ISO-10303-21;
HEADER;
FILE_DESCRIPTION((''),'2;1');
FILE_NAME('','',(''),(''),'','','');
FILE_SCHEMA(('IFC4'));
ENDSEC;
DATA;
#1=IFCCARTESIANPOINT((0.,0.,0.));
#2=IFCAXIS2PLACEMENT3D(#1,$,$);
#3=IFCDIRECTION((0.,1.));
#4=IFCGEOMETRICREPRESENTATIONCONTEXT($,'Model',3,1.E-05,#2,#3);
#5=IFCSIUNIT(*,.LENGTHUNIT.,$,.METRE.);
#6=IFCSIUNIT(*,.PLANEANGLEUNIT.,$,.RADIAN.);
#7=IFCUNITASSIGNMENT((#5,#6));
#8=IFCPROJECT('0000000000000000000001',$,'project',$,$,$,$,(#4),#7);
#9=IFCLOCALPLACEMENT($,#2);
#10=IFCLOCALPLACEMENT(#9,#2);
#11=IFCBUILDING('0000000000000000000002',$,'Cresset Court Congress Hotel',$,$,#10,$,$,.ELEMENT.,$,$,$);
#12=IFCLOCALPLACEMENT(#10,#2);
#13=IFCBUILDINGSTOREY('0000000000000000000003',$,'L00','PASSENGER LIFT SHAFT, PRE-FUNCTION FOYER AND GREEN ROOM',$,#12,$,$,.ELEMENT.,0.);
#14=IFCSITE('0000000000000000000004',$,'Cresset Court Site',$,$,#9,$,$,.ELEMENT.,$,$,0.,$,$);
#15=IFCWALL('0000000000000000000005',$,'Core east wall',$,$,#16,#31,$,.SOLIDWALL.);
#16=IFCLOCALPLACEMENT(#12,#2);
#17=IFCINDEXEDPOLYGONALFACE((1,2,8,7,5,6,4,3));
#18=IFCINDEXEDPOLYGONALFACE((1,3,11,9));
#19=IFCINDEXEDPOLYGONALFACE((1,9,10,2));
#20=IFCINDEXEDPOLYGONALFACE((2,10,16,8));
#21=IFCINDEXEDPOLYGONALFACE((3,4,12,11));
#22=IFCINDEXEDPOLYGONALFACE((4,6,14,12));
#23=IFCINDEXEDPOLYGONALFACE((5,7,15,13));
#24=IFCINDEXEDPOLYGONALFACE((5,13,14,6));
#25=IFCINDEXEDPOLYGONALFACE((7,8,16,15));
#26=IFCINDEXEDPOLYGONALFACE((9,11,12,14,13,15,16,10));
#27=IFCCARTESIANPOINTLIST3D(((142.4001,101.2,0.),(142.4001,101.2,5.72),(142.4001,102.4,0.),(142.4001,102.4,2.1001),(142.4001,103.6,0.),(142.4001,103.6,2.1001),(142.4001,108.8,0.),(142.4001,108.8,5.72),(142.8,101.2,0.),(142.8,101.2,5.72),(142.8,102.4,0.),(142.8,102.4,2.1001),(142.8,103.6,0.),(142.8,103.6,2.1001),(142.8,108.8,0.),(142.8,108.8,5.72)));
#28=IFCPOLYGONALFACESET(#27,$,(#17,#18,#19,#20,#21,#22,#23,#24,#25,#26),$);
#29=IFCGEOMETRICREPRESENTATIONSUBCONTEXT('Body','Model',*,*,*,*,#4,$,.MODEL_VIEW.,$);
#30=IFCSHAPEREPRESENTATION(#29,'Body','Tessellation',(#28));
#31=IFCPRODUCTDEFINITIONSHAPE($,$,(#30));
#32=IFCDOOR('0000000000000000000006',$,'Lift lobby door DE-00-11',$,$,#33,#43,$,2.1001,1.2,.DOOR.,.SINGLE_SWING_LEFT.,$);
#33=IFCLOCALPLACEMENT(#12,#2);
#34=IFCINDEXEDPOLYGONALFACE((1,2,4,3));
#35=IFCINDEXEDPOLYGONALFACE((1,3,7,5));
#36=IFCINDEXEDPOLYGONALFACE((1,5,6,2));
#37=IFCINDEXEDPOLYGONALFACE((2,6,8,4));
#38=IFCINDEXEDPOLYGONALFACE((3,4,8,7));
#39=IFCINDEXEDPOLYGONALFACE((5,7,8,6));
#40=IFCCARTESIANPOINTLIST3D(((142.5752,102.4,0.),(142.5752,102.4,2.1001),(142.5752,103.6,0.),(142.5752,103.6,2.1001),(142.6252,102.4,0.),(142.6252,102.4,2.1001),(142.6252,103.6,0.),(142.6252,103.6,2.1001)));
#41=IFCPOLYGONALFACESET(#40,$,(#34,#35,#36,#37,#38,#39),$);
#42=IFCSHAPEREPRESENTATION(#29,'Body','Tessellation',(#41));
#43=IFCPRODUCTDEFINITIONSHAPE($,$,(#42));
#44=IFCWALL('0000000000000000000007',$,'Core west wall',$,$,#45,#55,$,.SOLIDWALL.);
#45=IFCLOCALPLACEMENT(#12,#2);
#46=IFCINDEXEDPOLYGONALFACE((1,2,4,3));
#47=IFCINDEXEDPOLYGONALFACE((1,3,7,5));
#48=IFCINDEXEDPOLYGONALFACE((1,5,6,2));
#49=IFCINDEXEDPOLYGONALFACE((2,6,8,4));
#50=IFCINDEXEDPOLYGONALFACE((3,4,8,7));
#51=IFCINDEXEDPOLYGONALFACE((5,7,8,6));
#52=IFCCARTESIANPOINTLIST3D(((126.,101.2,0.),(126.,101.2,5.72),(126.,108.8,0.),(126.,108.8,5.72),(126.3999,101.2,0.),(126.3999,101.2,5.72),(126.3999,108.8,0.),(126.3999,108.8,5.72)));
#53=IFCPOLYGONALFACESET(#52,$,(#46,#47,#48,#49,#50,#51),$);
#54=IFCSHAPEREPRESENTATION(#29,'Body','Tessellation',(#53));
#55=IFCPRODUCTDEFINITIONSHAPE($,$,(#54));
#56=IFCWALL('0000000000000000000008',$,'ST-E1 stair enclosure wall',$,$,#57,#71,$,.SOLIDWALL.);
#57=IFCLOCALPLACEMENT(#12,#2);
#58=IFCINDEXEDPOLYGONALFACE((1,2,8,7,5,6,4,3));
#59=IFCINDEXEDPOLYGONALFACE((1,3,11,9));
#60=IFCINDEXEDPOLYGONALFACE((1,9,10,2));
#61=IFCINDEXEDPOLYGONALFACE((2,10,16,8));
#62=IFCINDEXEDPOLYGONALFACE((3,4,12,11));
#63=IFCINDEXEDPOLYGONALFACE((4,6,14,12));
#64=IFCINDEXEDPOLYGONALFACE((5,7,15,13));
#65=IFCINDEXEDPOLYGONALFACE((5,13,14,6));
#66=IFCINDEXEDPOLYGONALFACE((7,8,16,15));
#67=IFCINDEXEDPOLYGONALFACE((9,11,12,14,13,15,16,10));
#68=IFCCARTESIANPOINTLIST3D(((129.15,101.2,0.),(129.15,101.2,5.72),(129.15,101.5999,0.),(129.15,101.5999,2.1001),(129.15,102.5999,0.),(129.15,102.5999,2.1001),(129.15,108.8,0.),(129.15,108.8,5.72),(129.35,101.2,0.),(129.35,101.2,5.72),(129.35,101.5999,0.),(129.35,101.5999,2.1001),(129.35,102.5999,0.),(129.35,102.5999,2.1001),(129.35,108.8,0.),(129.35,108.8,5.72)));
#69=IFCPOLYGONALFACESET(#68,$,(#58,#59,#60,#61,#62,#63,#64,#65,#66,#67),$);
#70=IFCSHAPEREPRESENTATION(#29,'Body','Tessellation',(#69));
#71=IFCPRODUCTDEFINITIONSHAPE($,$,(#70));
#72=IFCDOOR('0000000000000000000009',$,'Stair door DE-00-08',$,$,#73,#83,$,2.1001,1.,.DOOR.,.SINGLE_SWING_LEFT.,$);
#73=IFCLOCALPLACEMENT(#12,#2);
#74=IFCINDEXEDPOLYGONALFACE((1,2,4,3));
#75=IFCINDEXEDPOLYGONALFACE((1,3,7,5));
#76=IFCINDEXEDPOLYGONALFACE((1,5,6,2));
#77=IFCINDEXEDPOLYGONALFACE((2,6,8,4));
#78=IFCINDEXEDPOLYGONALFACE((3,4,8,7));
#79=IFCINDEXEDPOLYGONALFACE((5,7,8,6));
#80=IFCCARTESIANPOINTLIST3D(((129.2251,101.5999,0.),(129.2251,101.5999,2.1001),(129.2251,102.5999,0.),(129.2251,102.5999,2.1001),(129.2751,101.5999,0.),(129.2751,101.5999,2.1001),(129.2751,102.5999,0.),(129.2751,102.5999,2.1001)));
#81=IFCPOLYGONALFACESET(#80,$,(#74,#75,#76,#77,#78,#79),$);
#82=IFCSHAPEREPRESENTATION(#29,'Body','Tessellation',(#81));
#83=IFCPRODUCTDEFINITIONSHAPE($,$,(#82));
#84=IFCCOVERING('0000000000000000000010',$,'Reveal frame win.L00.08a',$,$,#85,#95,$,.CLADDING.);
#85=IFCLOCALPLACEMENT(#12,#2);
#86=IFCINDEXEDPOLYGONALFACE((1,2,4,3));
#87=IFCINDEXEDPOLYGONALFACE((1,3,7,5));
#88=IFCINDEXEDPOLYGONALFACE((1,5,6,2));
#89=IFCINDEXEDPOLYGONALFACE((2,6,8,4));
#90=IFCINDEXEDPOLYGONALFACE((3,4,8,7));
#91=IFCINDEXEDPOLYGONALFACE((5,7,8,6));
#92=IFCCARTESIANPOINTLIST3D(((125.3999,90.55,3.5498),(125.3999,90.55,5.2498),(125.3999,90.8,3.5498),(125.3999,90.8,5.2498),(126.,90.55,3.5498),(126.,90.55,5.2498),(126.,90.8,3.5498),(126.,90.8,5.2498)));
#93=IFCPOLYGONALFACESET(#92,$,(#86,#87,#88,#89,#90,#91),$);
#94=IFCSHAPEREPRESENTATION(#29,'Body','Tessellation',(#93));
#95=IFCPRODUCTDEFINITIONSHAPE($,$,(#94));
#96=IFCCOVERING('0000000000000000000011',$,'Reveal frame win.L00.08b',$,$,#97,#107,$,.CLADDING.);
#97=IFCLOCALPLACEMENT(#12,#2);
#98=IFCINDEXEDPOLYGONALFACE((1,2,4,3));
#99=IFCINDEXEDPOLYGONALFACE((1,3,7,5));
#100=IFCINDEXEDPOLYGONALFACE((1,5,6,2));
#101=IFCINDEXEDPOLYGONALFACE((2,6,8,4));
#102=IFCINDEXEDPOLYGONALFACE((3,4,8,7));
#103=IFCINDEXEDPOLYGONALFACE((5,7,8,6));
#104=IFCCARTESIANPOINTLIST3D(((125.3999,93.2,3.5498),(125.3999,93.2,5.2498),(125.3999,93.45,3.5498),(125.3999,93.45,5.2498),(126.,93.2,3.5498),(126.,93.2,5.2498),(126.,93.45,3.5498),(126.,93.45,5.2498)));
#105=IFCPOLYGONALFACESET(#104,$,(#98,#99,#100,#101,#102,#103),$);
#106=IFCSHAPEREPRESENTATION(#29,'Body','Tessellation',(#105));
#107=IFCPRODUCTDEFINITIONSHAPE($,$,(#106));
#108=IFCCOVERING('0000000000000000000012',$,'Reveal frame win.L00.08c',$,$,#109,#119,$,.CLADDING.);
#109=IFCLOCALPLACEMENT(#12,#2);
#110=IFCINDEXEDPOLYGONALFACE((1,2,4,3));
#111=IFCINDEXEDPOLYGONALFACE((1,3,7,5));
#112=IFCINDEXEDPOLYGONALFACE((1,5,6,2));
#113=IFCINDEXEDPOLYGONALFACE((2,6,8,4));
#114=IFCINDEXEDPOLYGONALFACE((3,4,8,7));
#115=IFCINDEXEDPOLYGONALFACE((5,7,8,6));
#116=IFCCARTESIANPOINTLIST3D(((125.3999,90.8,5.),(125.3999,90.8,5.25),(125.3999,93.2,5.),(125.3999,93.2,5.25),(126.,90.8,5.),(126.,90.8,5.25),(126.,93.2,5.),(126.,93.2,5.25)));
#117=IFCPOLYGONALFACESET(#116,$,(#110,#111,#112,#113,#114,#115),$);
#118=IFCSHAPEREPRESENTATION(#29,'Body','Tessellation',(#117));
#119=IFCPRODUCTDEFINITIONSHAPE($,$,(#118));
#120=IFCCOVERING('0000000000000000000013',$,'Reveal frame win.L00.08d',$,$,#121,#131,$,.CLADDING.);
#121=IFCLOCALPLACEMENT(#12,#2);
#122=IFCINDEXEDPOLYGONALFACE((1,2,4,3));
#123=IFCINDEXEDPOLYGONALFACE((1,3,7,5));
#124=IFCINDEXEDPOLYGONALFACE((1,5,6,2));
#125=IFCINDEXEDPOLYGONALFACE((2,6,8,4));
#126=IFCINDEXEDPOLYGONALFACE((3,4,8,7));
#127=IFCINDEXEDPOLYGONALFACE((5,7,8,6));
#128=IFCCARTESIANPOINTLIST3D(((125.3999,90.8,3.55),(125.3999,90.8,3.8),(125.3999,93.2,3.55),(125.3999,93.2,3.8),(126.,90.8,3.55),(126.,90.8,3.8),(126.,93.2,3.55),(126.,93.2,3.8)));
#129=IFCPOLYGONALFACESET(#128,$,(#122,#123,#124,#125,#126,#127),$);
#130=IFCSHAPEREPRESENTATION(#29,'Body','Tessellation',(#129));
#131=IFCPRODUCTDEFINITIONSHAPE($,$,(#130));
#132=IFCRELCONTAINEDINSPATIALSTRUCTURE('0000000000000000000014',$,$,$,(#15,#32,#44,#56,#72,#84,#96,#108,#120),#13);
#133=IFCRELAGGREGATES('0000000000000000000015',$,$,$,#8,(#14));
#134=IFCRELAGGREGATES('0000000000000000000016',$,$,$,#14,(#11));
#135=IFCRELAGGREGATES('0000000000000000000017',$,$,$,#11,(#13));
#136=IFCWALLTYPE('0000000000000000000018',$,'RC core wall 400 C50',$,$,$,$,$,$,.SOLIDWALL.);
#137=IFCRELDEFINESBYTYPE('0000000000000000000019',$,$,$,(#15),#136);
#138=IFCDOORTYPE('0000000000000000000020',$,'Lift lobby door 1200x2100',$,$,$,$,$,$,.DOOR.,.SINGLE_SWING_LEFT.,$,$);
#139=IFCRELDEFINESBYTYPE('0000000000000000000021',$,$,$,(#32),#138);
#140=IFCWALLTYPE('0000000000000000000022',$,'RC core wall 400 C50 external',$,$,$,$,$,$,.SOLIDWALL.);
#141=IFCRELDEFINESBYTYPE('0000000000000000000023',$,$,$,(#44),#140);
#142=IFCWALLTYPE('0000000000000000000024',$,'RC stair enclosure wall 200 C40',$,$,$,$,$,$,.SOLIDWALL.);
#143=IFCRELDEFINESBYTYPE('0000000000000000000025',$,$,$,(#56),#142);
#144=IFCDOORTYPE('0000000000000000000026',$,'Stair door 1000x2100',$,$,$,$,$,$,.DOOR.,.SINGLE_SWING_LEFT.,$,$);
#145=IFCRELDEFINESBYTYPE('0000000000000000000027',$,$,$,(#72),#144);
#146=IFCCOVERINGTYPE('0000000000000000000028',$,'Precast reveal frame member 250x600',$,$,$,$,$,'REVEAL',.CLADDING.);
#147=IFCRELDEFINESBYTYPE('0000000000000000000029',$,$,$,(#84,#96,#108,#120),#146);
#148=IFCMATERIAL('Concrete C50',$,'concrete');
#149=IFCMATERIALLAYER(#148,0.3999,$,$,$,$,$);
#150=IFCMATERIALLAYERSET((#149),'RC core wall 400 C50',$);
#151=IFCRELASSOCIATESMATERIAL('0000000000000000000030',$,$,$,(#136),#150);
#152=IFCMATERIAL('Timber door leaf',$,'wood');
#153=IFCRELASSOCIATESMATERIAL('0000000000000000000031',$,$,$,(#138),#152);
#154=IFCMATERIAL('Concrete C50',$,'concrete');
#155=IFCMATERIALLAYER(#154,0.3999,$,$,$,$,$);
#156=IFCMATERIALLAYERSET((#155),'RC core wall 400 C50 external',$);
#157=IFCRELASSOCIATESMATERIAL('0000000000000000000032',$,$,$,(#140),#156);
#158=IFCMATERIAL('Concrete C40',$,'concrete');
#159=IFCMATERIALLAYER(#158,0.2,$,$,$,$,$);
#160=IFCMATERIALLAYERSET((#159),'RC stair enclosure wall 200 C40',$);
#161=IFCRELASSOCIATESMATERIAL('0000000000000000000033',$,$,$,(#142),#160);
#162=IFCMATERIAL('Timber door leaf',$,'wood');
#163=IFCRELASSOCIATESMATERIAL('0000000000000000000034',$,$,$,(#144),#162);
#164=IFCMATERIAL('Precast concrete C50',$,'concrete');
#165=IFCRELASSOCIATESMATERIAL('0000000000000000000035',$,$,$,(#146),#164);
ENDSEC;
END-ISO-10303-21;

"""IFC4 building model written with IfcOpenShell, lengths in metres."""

from ifc_helpers import new_model, si_unit, direction, frame, frame_2d, origin, origin_2d, place, context, subcontext, project, spatial, rectangle, extrude, material, layer, layer_set, type_object, element, fill, save


model = new_model("IFC4")

# Units and contexts
model_context = context("Model", 3, precision=1e-05, world=origin(), true_north=direction((0.0, 1.0)))
body_context = subcontext(model_context, "Body", "Model", "MODEL_VIEW")
ifc_project = project(units=[si_unit("LENGTHUNIT", "METRE"), si_unit("PLANEANGLEUNIT", "RADIAN")], contexts=[model_context])

# Site, building, storey
site_placement = place(None, origin())
site = spatial("IfcSite", under=ifc_project, at=site_placement, Name="Cresset Court Site", CompositionType="ELEMENT", RefElevation=0.0)
building_placement = place(site_placement, origin())
building = spatial("IfcBuilding", under=site, at=building_placement, Name="Cresset Court Congress Hotel", CompositionType="ELEMENT")
storey_placement = place(building_placement, origin())
storey = spatial("IfcBuildingStorey", under=building, at=storey_placement, Name="L00", Description="PASSENGER LIFT SHAFT, PRE-FUNCTION FOYER AND GREEN ROOM", CompositionType="ELEMENT", Elevation=0.0)

# Wall, opening, door
ifc_material_1 = material(Name="Concrete C50", Category="concrete")
ifc_layer_1 = layer(ifc_material_1, 0.3999)
ifc_layer_set_1 = layer_set([ifc_layer_1], Name="RC core wall 400 C50")
wall_type_1 = type_object("IfcWallType", Name="RC core wall 400 C50", PredefinedType="SOLIDWALL", material=ifc_layer_set_1)
wall_1_placement = place(storey_placement, frame((142.6001, 101.2, 0.0), z_axis=(0.0, 0.0, 1.0), x_axis=(0.0, 1.0, 0.0)))
wall_1 = element("IfcWall", 1, at=wall_1_placement, inside=storey, type_object=wall_type_1, Name="Core east wall", PredefinedType="SOLIDWALL", context=body_context, shape_type="SweptSolid", body=[
    extrude(rectangle(XDim=7.6001, YDim=0.3999, at=frame_2d((3.8, 0.0))), origin(), (0.0, 0.0, 1.0), 5.72),
])
opening_1_placement = place(wall_1_placement, frame((1.2, 0.0, 0.0)))
opening_1 = element("IfcOpeningElement", 2, at=opening_1_placement, cuts=wall_1, PredefinedType="OPENING", context=body_context, shape_type="SweptSolid", body=[
    extrude(rectangle(XDim=1.2, YDim=2.1001, at=frame_2d((0.6001, 1.05))), frame((0.0, 0.21, 0.0), z_axis=(0.0, -1.0, 0.0), x_axis=(1.0, 0.0, 0.0)), (0.0, 0.0, 1.0), 0.4199),
])
ifc_material_2 = material(Name="Timber door leaf", Category="wood")
door_type_1 = type_object("IfcDoorType", Name="Lift lobby door 1200x2100", OperationType="SINGLE_SWING_LEFT", PredefinedType="DOOR", material=ifc_material_2)
door_1_placement = place(opening_1_placement, origin())
door_1 = element("IfcDoor", 3, at=door_1_placement, inside=storey, type_object=door_type_1, Name="Lift lobby door DE-00-11", OperationType="SINGLE_SWING_LEFT", OverallHeight=2.1001, OverallWidth=1.2, PredefinedType="DOOR", context=body_context, shape_type="SweptSolid", body=[
    extrude(rectangle(XDim=1.2, YDim=2.1001, at=frame_2d((0.6001, 1.05))), frame((0.0, 0.0249, 0.0), z_axis=(0.0, -1.0, 0.0), x_axis=(1.0, 0.0, 0.0)), (0.0, 0.0, 1.0), 0.05),
])
fill(opening_1, door_1)

# Wall
ifc_material_3 = material(Name="Concrete C50", Category="concrete")
ifc_layer_2 = layer(ifc_material_3, 0.3999)
ifc_layer_set_2 = layer_set([ifc_layer_2], Name="RC core wall 400 C50 external")
wall_type_2 = type_object("IfcWallType", Name="RC core wall 400 C50 external", PredefinedType="SOLIDWALL", material=ifc_layer_set_2)
wall_2_placement = place(storey_placement, frame((126.2, 101.2, 0.0), z_axis=(0.0, 0.0, 1.0), x_axis=(0.0, 1.0, 0.0)))
element("IfcWall", 4, at=wall_2_placement, inside=storey, type_object=wall_type_2, Name="Core west wall", PredefinedType="SOLIDWALL", context=body_context, shape_type="SweptSolid", body=[
    extrude(rectangle(XDim=7.6001, YDim=0.3999, at=frame_2d((3.8, 0.0))), origin(), (0.0, 0.0, 1.0), 5.72),
])

# Wall, opening, door
ifc_material_4 = material(Name="Concrete C40", Category="concrete")
ifc_layer_3 = layer(ifc_material_4, 0.2)
ifc_layer_set_3 = layer_set([ifc_layer_3], Name="RC stair enclosure wall 200 C40")
wall_type_3 = type_object("IfcWallType", Name="RC stair enclosure wall 200 C40", PredefinedType="SOLIDWALL", material=ifc_layer_set_3)
wall_3_placement = place(storey_placement, frame((129.25, 101.2, 0.0), z_axis=(0.0, 0.0, 1.0), x_axis=(0.0, 1.0, 0.0)))
wall_3 = element("IfcWall", 5, at=wall_3_placement, inside=storey, type_object=wall_type_3, Name="ST-E1 stair enclosure wall", PredefinedType="SOLIDWALL", context=body_context, shape_type="SweptSolid", body=[
    extrude(rectangle(XDim=7.6001, YDim=0.2, at=frame_2d((3.8, 0.0))), origin(), (0.0, 0.0, 1.0), 5.72),
])
opening_2_placement = place(wall_3_placement, frame((0.3999, 0.0, 0.0)))
opening_2 = element("IfcOpeningElement", 6, at=opening_2_placement, cuts=wall_3, PredefinedType="OPENING", context=body_context, shape_type="SweptSolid", body=[
    extrude(rectangle(XDim=1.0, YDim=2.1001, at=frame_2d((0.5, 1.05))), frame((0.0, 0.1099, 0.0), z_axis=(0.0, -1.0, 0.0), x_axis=(1.0, 0.0, 0.0)), (0.0, 0.0, 1.0), 0.22),
])
ifc_material_5 = material(Name="Timber door leaf", Category="wood")
door_type_2 = type_object("IfcDoorType", Name="Stair door 1000x2100", OperationType="SINGLE_SWING_LEFT", PredefinedType="DOOR", material=ifc_material_5)
door_2_placement = place(opening_2_placement, origin())
door_2 = element("IfcDoor", 7, at=door_2_placement, inside=storey, type_object=door_type_2, Name="Stair door DE-00-08", OperationType="SINGLE_SWING_LEFT", OverallHeight=2.1001, OverallWidth=1.0, PredefinedType="DOOR", context=body_context, shape_type="SweptSolid", body=[
    extrude(rectangle(XDim=1.0, YDim=2.1001, at=frame_2d((0.5, 1.05))), frame((0.0, 0.0249, 0.0), z_axis=(0.0, -1.0, 0.0), x_axis=(1.0, 0.0, 0.0)), (0.0, 0.0, 1.0), 0.05),
])
fill(opening_2, door_2)

# Coverings
ifc_material_6 = material(Name="Precast concrete C50", Category="concrete")
covering_type = type_object("IfcCoveringType", Name="Precast reveal frame member 250x600", ElementType="REVEAL", PredefinedType="CLADDING", material=ifc_material_6)
for number, where, z_axis, x_axis, name in (
    (8, (125.7, 90.675, 3.5498), (0.0, 0.0, 1.0), (0.0, 1.0, 0.0), "Reveal frame win.L00.08a"),
    (9, (125.7, 93.325, 3.5498), (0.0, 0.0, 1.0), (0.0, 1.0, 0.0), "Reveal frame win.L00.08b"),
):
    element("IfcCovering", number, at=place(storey_placement, frame(where, z_axis=z_axis, x_axis=x_axis)), inside=storey, type_object=covering_type, Name=name, PredefinedType="CLADDING", context=body_context, shape_type="SweptSolid", body=[
        extrude(rectangle(XDim=0.25, YDim=0.6001, at=origin_2d()), origin(), (0.0, 0.0, 1.0), 1.7),
    ])
for number, where, z_axis, x_axis, name in (
    (10, (125.7, 92.0, 5.0), (0.0, 0.0, 1.0), (0.0, 1.0, 0.0), "Reveal frame win.L00.08c"),
    (11, (125.7, 92.0, 3.55), (0.0, 0.0, 1.0), (0.0, 1.0, 0.0), "Reveal frame win.L00.08d"),
):
    element("IfcCovering", number, at=place(storey_placement, frame(where, z_axis=z_axis, x_axis=x_axis)), inside=storey, type_object=covering_type, Name=name, PredefinedType="CLADDING", context=body_context, shape_type="SweptSolid", body=[
        extrude(rectangle(XDim=2.3999, YDim=0.6001, at=origin_2d()), origin(), (0.0, 0.0, 1.0), 0.25),
    ])

save(model, "model.ifc")
